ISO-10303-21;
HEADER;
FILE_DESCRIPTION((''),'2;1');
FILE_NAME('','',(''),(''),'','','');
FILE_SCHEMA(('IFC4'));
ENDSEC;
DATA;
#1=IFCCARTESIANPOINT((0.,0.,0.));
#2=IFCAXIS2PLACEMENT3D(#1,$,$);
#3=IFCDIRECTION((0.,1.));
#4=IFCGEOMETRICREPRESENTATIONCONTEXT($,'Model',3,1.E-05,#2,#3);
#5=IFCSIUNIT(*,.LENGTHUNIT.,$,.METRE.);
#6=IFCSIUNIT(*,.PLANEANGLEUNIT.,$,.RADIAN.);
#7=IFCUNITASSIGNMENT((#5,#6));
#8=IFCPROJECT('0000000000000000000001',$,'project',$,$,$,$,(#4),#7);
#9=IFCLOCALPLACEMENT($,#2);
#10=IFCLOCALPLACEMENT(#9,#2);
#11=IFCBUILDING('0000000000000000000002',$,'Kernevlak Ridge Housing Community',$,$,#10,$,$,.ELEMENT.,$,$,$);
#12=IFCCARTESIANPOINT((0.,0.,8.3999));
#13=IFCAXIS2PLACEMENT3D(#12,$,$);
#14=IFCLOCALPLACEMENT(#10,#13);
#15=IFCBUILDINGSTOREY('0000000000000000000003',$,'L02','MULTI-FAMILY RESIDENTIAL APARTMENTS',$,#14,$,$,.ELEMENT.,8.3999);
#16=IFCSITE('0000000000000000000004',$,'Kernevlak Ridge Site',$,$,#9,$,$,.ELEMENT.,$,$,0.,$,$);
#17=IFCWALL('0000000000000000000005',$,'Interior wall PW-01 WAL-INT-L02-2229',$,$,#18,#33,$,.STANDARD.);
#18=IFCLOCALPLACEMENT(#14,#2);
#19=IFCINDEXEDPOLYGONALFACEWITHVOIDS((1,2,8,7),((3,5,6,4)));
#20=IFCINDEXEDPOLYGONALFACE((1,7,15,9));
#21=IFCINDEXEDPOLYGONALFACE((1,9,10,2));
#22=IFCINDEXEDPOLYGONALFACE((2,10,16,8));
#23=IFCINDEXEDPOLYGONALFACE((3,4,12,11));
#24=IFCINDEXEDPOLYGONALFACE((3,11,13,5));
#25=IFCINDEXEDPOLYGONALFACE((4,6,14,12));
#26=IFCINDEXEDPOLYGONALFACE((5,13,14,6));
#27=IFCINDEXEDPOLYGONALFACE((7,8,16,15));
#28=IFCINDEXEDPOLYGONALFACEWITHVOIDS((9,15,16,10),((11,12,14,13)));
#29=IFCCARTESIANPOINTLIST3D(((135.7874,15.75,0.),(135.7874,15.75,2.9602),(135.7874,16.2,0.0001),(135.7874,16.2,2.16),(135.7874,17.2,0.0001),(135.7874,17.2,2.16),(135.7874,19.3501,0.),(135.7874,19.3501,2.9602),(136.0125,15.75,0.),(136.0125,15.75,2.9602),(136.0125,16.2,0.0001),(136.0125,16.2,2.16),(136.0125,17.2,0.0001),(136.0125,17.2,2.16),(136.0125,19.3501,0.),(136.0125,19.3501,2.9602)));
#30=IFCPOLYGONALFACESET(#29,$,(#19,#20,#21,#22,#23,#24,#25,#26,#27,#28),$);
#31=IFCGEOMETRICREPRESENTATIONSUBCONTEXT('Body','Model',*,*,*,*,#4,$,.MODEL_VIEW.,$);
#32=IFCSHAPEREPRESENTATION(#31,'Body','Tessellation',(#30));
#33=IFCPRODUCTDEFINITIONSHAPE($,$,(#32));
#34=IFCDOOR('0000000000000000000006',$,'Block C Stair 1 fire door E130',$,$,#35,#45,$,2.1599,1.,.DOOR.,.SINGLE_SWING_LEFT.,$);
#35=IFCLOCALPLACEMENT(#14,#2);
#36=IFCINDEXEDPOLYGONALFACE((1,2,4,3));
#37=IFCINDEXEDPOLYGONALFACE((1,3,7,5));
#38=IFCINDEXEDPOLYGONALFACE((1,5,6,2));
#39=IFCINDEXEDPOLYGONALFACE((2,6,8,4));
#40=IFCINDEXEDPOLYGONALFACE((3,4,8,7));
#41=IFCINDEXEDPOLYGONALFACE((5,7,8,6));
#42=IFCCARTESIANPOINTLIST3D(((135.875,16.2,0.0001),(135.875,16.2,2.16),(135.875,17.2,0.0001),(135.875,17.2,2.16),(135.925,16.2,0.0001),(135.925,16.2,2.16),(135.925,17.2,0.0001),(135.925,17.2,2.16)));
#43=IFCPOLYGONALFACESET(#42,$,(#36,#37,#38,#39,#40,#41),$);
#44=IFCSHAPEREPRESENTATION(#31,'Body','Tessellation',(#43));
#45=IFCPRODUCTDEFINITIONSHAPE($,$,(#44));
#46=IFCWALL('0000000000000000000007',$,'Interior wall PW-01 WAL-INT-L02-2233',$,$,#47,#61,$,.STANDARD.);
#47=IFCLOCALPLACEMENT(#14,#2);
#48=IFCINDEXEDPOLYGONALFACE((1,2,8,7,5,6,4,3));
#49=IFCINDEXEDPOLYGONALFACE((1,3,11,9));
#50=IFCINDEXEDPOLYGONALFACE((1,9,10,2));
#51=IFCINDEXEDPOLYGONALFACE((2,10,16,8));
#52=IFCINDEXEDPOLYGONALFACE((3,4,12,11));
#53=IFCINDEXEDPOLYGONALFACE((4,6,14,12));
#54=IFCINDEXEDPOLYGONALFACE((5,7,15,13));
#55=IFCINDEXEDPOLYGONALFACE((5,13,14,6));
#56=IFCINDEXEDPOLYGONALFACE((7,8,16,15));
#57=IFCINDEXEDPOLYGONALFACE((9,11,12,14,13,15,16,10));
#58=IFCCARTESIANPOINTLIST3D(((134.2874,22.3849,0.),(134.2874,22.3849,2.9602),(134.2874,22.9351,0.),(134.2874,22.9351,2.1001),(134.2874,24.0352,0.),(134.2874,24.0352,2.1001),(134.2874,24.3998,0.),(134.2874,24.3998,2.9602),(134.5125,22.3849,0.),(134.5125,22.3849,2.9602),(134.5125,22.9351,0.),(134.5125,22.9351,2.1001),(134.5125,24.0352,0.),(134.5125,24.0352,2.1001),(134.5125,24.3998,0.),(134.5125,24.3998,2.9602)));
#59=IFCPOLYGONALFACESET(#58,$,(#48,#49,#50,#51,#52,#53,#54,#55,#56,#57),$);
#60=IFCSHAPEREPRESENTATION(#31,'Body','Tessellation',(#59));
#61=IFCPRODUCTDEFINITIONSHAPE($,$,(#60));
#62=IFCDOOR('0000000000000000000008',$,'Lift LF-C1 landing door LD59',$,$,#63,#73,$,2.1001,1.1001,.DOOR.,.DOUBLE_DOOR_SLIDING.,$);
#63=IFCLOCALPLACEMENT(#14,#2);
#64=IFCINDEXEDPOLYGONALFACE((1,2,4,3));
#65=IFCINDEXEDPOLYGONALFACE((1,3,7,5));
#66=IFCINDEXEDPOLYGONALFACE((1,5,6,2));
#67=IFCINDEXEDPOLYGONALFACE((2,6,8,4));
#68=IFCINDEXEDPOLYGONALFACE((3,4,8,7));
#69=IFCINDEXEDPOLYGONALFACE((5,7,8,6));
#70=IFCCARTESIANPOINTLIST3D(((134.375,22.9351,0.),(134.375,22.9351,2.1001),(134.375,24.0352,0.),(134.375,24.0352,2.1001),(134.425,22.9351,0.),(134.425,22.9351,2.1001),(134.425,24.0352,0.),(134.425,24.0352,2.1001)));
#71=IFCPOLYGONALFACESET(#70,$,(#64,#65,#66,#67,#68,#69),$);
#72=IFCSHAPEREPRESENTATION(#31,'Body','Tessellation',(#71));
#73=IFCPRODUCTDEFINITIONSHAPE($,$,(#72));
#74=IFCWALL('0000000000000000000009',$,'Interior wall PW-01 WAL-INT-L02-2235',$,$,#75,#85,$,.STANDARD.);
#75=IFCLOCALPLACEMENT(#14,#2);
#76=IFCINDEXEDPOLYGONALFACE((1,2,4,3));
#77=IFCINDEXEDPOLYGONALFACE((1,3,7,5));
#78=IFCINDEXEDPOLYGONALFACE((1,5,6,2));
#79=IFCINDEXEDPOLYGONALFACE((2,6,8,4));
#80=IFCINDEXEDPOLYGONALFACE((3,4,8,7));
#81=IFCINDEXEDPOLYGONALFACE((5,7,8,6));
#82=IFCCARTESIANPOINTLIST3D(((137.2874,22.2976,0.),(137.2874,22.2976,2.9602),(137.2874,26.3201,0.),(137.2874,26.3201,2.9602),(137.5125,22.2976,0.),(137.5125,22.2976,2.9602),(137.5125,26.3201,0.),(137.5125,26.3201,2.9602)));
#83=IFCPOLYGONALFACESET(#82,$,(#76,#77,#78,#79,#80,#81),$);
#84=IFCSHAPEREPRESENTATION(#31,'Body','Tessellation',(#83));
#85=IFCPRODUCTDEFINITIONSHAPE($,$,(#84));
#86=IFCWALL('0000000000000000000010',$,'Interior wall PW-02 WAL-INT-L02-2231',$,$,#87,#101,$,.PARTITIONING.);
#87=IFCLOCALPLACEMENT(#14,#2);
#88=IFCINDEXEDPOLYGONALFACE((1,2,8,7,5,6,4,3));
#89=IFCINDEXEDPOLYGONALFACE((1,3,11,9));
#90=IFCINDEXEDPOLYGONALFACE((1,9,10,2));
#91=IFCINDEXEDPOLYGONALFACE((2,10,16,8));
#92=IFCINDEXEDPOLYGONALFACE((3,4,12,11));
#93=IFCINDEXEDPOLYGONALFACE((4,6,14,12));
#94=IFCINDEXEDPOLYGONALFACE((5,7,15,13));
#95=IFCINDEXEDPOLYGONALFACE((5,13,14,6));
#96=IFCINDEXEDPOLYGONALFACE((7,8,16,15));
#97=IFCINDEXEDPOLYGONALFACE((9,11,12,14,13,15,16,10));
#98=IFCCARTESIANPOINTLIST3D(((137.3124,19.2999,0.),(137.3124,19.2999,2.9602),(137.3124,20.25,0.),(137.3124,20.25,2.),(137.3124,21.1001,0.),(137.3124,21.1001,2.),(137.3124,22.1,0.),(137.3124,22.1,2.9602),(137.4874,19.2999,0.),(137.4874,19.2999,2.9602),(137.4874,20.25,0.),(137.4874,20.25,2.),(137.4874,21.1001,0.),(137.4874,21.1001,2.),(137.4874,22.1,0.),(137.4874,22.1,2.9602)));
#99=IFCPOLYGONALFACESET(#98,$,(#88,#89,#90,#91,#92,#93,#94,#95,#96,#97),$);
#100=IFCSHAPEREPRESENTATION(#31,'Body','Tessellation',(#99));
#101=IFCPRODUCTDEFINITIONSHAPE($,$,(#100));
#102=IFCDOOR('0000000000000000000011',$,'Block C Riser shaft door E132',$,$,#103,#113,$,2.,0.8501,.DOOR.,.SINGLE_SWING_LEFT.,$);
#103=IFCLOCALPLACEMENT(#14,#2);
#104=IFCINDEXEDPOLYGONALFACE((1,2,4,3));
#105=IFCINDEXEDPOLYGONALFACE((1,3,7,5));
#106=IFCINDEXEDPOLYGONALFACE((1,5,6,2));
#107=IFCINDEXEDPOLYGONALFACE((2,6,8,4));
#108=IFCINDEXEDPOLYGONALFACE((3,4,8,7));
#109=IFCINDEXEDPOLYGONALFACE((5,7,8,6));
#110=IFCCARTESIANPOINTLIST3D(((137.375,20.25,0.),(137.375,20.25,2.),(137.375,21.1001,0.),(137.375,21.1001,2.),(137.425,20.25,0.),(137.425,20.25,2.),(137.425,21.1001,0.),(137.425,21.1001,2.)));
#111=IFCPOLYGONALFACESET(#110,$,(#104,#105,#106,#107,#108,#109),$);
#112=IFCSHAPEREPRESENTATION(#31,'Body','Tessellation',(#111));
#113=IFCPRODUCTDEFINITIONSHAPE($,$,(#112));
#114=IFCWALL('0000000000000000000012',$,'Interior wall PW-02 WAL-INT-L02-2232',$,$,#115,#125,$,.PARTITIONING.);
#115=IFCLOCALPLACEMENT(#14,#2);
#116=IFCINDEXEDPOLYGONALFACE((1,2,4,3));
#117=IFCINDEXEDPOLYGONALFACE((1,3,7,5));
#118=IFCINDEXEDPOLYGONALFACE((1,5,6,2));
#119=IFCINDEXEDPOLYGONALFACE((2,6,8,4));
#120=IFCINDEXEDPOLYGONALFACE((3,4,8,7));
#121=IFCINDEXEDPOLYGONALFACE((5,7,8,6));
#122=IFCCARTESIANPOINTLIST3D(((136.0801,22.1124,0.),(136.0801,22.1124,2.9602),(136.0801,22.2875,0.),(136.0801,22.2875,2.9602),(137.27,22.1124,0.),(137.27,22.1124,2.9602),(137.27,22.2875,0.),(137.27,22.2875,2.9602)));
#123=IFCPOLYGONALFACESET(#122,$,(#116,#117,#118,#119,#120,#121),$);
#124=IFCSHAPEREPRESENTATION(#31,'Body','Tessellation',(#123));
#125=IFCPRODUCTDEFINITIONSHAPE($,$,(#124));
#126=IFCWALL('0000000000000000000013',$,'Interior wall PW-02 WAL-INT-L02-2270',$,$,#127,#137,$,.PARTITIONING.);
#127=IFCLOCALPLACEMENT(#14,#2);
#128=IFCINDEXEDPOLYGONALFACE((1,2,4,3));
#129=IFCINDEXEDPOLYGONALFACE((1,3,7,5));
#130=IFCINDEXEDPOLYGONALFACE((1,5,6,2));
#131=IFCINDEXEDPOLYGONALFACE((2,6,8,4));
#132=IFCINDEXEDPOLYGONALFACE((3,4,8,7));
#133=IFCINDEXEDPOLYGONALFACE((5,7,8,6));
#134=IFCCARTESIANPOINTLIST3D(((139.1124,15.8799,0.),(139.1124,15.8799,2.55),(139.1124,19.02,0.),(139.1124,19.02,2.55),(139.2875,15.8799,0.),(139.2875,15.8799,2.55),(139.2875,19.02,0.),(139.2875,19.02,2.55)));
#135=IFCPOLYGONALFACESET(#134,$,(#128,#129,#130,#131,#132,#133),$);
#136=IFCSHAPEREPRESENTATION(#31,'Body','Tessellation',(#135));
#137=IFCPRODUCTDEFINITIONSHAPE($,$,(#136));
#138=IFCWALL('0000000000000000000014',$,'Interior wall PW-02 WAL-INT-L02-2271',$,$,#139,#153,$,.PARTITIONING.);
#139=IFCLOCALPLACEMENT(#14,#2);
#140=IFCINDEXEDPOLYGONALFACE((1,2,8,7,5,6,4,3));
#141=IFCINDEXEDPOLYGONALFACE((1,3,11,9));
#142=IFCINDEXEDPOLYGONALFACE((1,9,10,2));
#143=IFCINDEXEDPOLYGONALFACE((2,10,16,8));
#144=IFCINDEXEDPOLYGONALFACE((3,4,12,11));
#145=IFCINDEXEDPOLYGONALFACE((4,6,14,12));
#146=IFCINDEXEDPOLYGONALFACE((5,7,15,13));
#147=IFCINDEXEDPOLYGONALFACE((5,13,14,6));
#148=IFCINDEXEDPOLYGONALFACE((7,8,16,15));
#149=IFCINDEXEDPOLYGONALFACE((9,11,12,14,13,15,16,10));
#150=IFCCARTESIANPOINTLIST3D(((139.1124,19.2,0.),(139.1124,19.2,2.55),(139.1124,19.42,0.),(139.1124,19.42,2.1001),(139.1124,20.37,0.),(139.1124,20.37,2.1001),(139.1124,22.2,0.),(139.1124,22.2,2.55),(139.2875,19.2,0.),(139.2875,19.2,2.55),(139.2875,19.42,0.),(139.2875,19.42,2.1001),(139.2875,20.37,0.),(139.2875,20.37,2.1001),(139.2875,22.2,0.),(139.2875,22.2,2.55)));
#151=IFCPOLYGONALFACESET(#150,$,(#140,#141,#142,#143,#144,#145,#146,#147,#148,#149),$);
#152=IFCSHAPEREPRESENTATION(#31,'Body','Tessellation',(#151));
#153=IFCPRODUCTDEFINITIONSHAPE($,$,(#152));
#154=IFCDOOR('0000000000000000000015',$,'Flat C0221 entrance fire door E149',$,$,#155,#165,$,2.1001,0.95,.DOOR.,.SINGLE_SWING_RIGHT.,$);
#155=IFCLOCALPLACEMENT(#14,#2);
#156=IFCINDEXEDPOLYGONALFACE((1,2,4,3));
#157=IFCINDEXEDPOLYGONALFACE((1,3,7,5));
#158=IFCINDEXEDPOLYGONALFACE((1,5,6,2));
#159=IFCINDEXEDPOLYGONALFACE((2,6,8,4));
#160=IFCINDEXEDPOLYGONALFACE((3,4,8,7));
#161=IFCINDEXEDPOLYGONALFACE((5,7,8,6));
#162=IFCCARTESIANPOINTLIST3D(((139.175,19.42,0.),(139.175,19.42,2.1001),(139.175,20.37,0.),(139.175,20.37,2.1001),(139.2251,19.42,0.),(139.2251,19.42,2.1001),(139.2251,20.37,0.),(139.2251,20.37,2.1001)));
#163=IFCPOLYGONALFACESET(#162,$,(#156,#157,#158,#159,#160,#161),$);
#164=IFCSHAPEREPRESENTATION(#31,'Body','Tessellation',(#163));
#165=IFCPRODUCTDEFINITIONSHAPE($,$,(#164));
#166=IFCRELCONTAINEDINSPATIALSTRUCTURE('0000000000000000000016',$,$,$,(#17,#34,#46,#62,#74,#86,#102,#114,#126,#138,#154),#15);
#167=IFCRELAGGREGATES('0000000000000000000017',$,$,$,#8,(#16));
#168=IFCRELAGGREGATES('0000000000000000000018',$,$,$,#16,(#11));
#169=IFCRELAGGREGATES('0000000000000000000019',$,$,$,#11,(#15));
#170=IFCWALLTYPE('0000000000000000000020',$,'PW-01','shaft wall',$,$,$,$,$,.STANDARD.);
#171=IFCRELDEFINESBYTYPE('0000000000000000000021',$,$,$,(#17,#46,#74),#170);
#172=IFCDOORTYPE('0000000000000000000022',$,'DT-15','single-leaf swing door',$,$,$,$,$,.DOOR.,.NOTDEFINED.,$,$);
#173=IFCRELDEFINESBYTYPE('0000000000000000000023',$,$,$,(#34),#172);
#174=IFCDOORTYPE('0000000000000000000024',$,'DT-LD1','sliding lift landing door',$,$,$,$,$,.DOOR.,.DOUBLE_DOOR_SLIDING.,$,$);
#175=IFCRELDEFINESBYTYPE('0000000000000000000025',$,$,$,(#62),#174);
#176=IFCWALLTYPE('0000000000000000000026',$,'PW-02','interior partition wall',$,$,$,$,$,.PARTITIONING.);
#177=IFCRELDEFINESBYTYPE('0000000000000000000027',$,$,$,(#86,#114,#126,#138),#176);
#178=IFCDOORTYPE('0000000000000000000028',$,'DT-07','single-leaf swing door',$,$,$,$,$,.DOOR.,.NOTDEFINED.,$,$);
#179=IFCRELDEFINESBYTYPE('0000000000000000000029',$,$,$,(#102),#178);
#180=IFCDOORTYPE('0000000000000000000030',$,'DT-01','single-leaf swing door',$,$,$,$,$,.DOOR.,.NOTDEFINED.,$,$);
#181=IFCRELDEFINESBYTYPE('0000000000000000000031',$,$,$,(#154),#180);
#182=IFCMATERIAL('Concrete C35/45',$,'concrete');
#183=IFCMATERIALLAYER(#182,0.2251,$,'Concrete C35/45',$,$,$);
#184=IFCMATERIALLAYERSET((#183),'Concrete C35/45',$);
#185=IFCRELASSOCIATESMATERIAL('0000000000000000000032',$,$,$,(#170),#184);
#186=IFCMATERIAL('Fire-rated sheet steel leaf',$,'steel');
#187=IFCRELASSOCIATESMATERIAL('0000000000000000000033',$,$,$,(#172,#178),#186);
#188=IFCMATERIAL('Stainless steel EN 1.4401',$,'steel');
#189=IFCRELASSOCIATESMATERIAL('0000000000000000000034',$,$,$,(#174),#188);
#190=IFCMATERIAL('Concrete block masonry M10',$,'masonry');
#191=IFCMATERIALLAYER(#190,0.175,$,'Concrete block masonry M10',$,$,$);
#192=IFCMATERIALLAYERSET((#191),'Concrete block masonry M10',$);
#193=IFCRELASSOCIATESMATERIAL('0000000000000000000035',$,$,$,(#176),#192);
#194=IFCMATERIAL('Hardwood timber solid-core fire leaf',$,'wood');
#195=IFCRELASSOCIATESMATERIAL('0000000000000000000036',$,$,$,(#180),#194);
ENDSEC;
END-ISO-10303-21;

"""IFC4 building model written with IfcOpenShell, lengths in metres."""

from ifc_helpers import new_model, si_unit, direction, frame, frame_2d, origin, place, context, subcontext, project, spatial, rectangle, extrude, material, layer, layer_set, type_object, element, fill, save


model = new_model("IFC4")

# Units and contexts
model_context = context("Model", 3, precision=1e-05, world=origin(), true_north=direction((0.0, 1.0)))
body_context = subcontext(model_context, "Body", "Model", "MODEL_VIEW")
ifc_project = project(units=[si_unit("LENGTHUNIT", "METRE"), si_unit("PLANEANGLEUNIT", "RADIAN")], contexts=[model_context])

# Site, building, storey
site_placement = place(None, origin())
site = spatial("IfcSite", under=ifc_project, at=site_placement, Name="Kernevlak Ridge Site", CompositionType="ELEMENT", RefElevation=0.0)
building_placement = place(site_placement, origin())
building = spatial("IfcBuilding", under=site, at=building_placement, Name="Kernevlak Ridge Housing Community", CompositionType="ELEMENT")
storey_placement = place(building_placement, frame((0.0, 0.0, 8.3999)))
storey = spatial("IfcBuildingStorey", under=building, at=storey_placement, Name="L02", Description="MULTI-FAMILY RESIDENTIAL APARTMENTS", CompositionType="ELEMENT", Elevation=8.3999)

# Shared definitions
ifc_material_1 = material(Name="Concrete C35/45", Category="concrete")

# Walls, openings, doors
ifc_layer_1 = layer(ifc_material_1, 0.2251, Name="Concrete C35/45")
ifc_layer_set_1 = layer_set([ifc_layer_1], Name="Concrete C35/45")
wall_type_1 = type_object("IfcWallType", Name="PW-01", Description="shaft wall", PredefinedType="STANDARD", material=ifc_layer_set_1)
wall_1_placement = place(storey_placement, frame((135.8999, 15.75, 0.0), z_axis=(0.0, 0.0, 1.0), x_axis=(0.0, 1.0, 0.0)))
wall_1 = element("IfcWall", 1, at=wall_1_placement, inside=storey, type_object=wall_type_1, Name="Interior wall PW-01 WAL-INT-L02-2229", PredefinedType="STANDARD", context=body_context, shape_type="SweptSolid", body=[
    extrude(rectangle(XDim=3.6001, YDim=0.2251, at=frame_2d((1.8, 0.0))), origin(), (0.0, 0.0, 1.0), 2.9602),
])
opening_1_placement = place(wall_1_placement, frame((0.45, 0.0, 0.0)))
opening_1 = element("IfcOpeningElement", 2, at=opening_1_placement, cuts=wall_1, PredefinedType="OPENING", context=body_context, shape_type="SweptSolid", body=[
    extrude(rectangle(XDim=1.0, YDim=2.1599, at=frame_2d((0.5, 1.0801))), frame((0.0, 0.1226, 0.0), z_axis=(0.0, -1.0, 0.0), x_axis=(1.0, 0.0, 0.0)), (0.0, 0.0, 1.0), 0.2451),
])
ifc_material_2 = material(Name="Fire-rated sheet steel leaf", Category="steel")
door_type_1 = type_object("IfcDoorType", Name="DT-15", Description="single-leaf swing door", OperationType="NOTDEFINED", PredefinedType="DOOR", material=ifc_material_2)
door_1_placement = place(opening_1_placement, origin())
door_1 = element("IfcDoor", 3, at=door_1_placement, inside=storey, type_object=door_type_1, Name="Block C Stair 1 fire door E130", OperationType="SINGLE_SWING_LEFT", OverallHeight=2.1599, OverallWidth=1.0, PredefinedType="DOOR", context=body_context, shape_type="SweptSolid", body=[
    extrude(rectangle(XDim=1.0, YDim=2.1599, at=frame_2d((0.5, 1.0801))), frame((0.0, 0.0249, 0.0), z_axis=(0.0, -1.0, 0.0), x_axis=(1.0, 0.0, 0.0)), (0.0, 0.0, 1.0), 0.05),
])
fill(opening_1, door_1)
wall_2_placement = place(storey_placement, frame((134.3999, 22.385, 0.0), z_axis=(0.0, 0.0, 1.0), x_axis=(0.0, 1.0, 0.0)))
wall_2 = element("IfcWall", 4, at=wall_2_placement, inside=storey, type_object=wall_type_1, Name="Interior wall PW-01 WAL-INT-L02-2233", PredefinedType="STANDARD", context=body_context, shape_type="SweptSolid", body=[
    extrude(rectangle(XDim=2.0149, YDim=0.2251, at=frame_2d((1.0073, 0.0))), origin(), (0.0, 0.0, 1.0), 2.9602),
])
opening_2_placement = place(wall_2_placement, frame((0.55, 0.0, 0.0)))
opening_2 = element("IfcOpeningElement", 5, at=opening_2_placement, cuts=wall_2, PredefinedType="OPENING", context=body_context, shape_type="SweptSolid", body=[
    extrude(rectangle(XDim=1.1001, YDim=2.1001, at=frame_2d((0.55, 1.05))), frame((0.0, 0.1226, 0.0), z_axis=(0.0, -1.0, 0.0), x_axis=(1.0, 0.0, 0.0)), (0.0, 0.0, 1.0), 0.2451),
])
ifc_material_3 = material(Name="Stainless steel EN 1.4401", Category="steel")
door_type_2 = type_object("IfcDoorType", Name="DT-LD1", Description="sliding lift landing door", OperationType="DOUBLE_DOOR_SLIDING", PredefinedType="DOOR", material=ifc_material_3)
door_2_placement = place(opening_2_placement, origin())
door_2 = element("IfcDoor", 6, at=door_2_placement, inside=storey, type_object=door_type_2, Name="Lift LF-C1 landing door LD59", OperationType="DOUBLE_DOOR_SLIDING", OverallHeight=2.1001, OverallWidth=1.1001, PredefinedType="DOOR", context=body_context, shape_type="SweptSolid", body=[
    extrude(rectangle(XDim=1.1001, YDim=2.1001, at=frame_2d((0.55, 1.05))), frame((0.0, 0.0249, 0.0), z_axis=(0.0, -1.0, 0.0), x_axis=(1.0, 0.0, 0.0)), (0.0, 0.0, 1.0), 0.05),
])
fill(opening_2, door_2)

# Wall
wall_3_placement = place(storey_placement, frame((137.3999, 22.2976, 0.0), z_axis=(0.0, 0.0, 1.0), x_axis=(0.0, 1.0, 0.0)))
element("IfcWall", 7, at=wall_3_placement, inside=storey, type_object=wall_type_1, Name="Interior wall PW-01 WAL-INT-L02-2235", PredefinedType="STANDARD", context=body_context, shape_type="SweptSolid", body=[
    extrude(rectangle(XDim=4.0225, YDim=0.2251, at=frame_2d((2.0112, 0.0))), origin(), (0.0, 0.0, 1.0), 2.9602),
])

# Wall, opening, door
ifc_material_4 = material(Name="Concrete block masonry M10", Category="masonry")
ifc_layer_2 = layer(ifc_material_4, 0.175, Name="Concrete block masonry M10")
ifc_layer_set_2 = layer_set([ifc_layer_2], Name="Concrete block masonry M10")
wall_type_2 = type_object("IfcWallType", Name="PW-02", Description="interior partition wall", PredefinedType="PARTITIONING", material=ifc_layer_set_2)
wall_4_placement = place(storey_placement, frame((137.3999, 19.3, 0.0), z_axis=(0.0, 0.0, 1.0), x_axis=(0.0, 1.0, 0.0)))
wall_4 = element("IfcWall", 8, at=wall_4_placement, inside=storey, type_object=wall_type_2, Name="Interior wall PW-02 WAL-INT-L02-2231", PredefinedType="PARTITIONING", context=body_context, shape_type="SweptSolid", body=[
    extrude(rectangle(XDim=2.8, YDim=0.175, at=frame_2d((1.3999, 0.0))), origin(), (0.0, 0.0, 1.0), 2.9602),
])
opening_3_placement = place(wall_4_placement, frame((0.95, 0.0, 0.0)))
opening_3 = element("IfcOpeningElement", 9, at=opening_3_placement, cuts=wall_4, PredefinedType="OPENING", context=body_context, shape_type="SweptSolid", body=[
    extrude(rectangle(XDim=0.8501, YDim=2.0, at=frame_2d((0.425, 1.0))), frame((0.0, 0.0974, 0.0), z_axis=(0.0, -1.0, 0.0), x_axis=(1.0, 0.0, 0.0)), (0.0, 0.0, 1.0), 0.1951),
])
door_type_3 = type_object("IfcDoorType", Name="DT-07", Description="single-leaf swing door", OperationType="NOTDEFINED", PredefinedType="DOOR", material=ifc_material_2)
door_3_placement = place(opening_3_placement, origin())
door_3 = element("IfcDoor", 10, at=door_3_placement, inside=storey, type_object=door_type_3, Name="Block C Riser shaft door E132", OperationType="SINGLE_SWING_LEFT", OverallHeight=2.0, OverallWidth=0.8501, PredefinedType="DOOR", context=body_context, shape_type="SweptSolid", body=[
    extrude(rectangle(XDim=0.8501, YDim=2.0, at=frame_2d((0.425, 1.0))), frame((0.0, 0.0249, 0.0), z_axis=(0.0, -1.0, 0.0), x_axis=(1.0, 0.0, 0.0)), (0.0, 0.0, 1.0), 0.05),
])
fill(opening_3, door_3)

# Walls
wall_5_placement = place(storey_placement, frame((136.0801, 22.2, 0.0), z_axis=(0.0, 0.0, 1.0), x_axis=(1.0, 0.0, 0.0)))
element("IfcWall", 11, at=wall_5_placement, inside=storey, type_object=wall_type_2, Name="Interior wall PW-02 WAL-INT-L02-2232", PredefinedType="PARTITIONING", context=body_context, shape_type="SweptSolid", body=[
    extrude(rectangle(XDim=1.1899, YDim=0.175, at=frame_2d((0.595, 0.0))), origin(), (0.0, 0.0, 1.0), 2.9602),
])
wall_6_placement = place(storey_placement, frame((139.2, 15.8799, 0.0), z_axis=(0.0, 0.0, 1.0), x_axis=(0.0, 1.0, 0.0)))
element("IfcWall", 12, at=wall_6_placement, inside=storey, type_object=wall_type_2, Name="Interior wall PW-02 WAL-INT-L02-2270", PredefinedType="PARTITIONING", context=body_context, shape_type="SweptSolid", body=[
    extrude(rectangle(XDim=3.1401, YDim=0.175, at=frame_2d((1.5701, 0.0))), origin(), (0.0, 0.0, 1.0), 2.55),
])

# Wall, opening, door
wall_7_placement = place(storey_placement, frame((139.2, 19.2, 0.0), z_axis=(0.0, 0.0, 1.0), x_axis=(0.0, 1.0, 0.0)))
wall_7 = element("IfcWall", 13, at=wall_7_placement, inside=storey, type_object=wall_type_2, Name="Interior wall PW-02 WAL-INT-L02-2271", PredefinedType="PARTITIONING", context=body_context, shape_type="SweptSolid", body=[
    extrude(rectangle(XDim=3.0, YDim=0.175, at=frame_2d((1.5, 0.0))), origin(), (0.0, 0.0, 1.0), 2.55),
])
opening_4_placement = place(wall_7_placement, frame((0.22, 0.0, 0.0)))
opening_4 = element("IfcOpeningElement", 14, at=opening_4_placement, cuts=wall_7, PredefinedType="OPENING", context=body_context, shape_type="SweptSolid", body=[
    extrude(rectangle(XDim=0.95, YDim=2.1001, at=frame_2d((0.4751, 1.05))), frame((0.0, 0.0974, 0.0), z_axis=(0.0, -1.0, 0.0), x_axis=(1.0, 0.0, 0.0)), (0.0, 0.0, 1.0), 0.1951),
])
ifc_material_5 = material(Name="Hardwood timber solid-core fire leaf", Category="wood")
door_type_4 = type_object("IfcDoorType", Name="DT-01", Description="single-leaf swing door", OperationType="NOTDEFINED", PredefinedType="DOOR", material=ifc_material_5)
door_4_placement = place(opening_4_placement, origin())
door_4 = element("IfcDoor", 15, at=door_4_placement, inside=storey, type_object=door_type_4, Name="Flat C0221 entrance fire door E149", OperationType="SINGLE_SWING_RIGHT", OverallHeight=2.1001, OverallWidth=0.95, PredefinedType="DOOR", context=body_context, shape_type="SweptSolid", body=[
    extrude(rectangle(XDim=0.95, YDim=2.1001, at=frame_2d((0.4751, 1.05))), frame((0.0, 0.0249, 0.0), z_axis=(0.0, -1.0, 0.0), x_axis=(1.0, 0.0, 0.0)), (0.0, 0.0, 1.0), 0.05),
])
fill(opening_4, door_4)

save(model, "model.ifc")
